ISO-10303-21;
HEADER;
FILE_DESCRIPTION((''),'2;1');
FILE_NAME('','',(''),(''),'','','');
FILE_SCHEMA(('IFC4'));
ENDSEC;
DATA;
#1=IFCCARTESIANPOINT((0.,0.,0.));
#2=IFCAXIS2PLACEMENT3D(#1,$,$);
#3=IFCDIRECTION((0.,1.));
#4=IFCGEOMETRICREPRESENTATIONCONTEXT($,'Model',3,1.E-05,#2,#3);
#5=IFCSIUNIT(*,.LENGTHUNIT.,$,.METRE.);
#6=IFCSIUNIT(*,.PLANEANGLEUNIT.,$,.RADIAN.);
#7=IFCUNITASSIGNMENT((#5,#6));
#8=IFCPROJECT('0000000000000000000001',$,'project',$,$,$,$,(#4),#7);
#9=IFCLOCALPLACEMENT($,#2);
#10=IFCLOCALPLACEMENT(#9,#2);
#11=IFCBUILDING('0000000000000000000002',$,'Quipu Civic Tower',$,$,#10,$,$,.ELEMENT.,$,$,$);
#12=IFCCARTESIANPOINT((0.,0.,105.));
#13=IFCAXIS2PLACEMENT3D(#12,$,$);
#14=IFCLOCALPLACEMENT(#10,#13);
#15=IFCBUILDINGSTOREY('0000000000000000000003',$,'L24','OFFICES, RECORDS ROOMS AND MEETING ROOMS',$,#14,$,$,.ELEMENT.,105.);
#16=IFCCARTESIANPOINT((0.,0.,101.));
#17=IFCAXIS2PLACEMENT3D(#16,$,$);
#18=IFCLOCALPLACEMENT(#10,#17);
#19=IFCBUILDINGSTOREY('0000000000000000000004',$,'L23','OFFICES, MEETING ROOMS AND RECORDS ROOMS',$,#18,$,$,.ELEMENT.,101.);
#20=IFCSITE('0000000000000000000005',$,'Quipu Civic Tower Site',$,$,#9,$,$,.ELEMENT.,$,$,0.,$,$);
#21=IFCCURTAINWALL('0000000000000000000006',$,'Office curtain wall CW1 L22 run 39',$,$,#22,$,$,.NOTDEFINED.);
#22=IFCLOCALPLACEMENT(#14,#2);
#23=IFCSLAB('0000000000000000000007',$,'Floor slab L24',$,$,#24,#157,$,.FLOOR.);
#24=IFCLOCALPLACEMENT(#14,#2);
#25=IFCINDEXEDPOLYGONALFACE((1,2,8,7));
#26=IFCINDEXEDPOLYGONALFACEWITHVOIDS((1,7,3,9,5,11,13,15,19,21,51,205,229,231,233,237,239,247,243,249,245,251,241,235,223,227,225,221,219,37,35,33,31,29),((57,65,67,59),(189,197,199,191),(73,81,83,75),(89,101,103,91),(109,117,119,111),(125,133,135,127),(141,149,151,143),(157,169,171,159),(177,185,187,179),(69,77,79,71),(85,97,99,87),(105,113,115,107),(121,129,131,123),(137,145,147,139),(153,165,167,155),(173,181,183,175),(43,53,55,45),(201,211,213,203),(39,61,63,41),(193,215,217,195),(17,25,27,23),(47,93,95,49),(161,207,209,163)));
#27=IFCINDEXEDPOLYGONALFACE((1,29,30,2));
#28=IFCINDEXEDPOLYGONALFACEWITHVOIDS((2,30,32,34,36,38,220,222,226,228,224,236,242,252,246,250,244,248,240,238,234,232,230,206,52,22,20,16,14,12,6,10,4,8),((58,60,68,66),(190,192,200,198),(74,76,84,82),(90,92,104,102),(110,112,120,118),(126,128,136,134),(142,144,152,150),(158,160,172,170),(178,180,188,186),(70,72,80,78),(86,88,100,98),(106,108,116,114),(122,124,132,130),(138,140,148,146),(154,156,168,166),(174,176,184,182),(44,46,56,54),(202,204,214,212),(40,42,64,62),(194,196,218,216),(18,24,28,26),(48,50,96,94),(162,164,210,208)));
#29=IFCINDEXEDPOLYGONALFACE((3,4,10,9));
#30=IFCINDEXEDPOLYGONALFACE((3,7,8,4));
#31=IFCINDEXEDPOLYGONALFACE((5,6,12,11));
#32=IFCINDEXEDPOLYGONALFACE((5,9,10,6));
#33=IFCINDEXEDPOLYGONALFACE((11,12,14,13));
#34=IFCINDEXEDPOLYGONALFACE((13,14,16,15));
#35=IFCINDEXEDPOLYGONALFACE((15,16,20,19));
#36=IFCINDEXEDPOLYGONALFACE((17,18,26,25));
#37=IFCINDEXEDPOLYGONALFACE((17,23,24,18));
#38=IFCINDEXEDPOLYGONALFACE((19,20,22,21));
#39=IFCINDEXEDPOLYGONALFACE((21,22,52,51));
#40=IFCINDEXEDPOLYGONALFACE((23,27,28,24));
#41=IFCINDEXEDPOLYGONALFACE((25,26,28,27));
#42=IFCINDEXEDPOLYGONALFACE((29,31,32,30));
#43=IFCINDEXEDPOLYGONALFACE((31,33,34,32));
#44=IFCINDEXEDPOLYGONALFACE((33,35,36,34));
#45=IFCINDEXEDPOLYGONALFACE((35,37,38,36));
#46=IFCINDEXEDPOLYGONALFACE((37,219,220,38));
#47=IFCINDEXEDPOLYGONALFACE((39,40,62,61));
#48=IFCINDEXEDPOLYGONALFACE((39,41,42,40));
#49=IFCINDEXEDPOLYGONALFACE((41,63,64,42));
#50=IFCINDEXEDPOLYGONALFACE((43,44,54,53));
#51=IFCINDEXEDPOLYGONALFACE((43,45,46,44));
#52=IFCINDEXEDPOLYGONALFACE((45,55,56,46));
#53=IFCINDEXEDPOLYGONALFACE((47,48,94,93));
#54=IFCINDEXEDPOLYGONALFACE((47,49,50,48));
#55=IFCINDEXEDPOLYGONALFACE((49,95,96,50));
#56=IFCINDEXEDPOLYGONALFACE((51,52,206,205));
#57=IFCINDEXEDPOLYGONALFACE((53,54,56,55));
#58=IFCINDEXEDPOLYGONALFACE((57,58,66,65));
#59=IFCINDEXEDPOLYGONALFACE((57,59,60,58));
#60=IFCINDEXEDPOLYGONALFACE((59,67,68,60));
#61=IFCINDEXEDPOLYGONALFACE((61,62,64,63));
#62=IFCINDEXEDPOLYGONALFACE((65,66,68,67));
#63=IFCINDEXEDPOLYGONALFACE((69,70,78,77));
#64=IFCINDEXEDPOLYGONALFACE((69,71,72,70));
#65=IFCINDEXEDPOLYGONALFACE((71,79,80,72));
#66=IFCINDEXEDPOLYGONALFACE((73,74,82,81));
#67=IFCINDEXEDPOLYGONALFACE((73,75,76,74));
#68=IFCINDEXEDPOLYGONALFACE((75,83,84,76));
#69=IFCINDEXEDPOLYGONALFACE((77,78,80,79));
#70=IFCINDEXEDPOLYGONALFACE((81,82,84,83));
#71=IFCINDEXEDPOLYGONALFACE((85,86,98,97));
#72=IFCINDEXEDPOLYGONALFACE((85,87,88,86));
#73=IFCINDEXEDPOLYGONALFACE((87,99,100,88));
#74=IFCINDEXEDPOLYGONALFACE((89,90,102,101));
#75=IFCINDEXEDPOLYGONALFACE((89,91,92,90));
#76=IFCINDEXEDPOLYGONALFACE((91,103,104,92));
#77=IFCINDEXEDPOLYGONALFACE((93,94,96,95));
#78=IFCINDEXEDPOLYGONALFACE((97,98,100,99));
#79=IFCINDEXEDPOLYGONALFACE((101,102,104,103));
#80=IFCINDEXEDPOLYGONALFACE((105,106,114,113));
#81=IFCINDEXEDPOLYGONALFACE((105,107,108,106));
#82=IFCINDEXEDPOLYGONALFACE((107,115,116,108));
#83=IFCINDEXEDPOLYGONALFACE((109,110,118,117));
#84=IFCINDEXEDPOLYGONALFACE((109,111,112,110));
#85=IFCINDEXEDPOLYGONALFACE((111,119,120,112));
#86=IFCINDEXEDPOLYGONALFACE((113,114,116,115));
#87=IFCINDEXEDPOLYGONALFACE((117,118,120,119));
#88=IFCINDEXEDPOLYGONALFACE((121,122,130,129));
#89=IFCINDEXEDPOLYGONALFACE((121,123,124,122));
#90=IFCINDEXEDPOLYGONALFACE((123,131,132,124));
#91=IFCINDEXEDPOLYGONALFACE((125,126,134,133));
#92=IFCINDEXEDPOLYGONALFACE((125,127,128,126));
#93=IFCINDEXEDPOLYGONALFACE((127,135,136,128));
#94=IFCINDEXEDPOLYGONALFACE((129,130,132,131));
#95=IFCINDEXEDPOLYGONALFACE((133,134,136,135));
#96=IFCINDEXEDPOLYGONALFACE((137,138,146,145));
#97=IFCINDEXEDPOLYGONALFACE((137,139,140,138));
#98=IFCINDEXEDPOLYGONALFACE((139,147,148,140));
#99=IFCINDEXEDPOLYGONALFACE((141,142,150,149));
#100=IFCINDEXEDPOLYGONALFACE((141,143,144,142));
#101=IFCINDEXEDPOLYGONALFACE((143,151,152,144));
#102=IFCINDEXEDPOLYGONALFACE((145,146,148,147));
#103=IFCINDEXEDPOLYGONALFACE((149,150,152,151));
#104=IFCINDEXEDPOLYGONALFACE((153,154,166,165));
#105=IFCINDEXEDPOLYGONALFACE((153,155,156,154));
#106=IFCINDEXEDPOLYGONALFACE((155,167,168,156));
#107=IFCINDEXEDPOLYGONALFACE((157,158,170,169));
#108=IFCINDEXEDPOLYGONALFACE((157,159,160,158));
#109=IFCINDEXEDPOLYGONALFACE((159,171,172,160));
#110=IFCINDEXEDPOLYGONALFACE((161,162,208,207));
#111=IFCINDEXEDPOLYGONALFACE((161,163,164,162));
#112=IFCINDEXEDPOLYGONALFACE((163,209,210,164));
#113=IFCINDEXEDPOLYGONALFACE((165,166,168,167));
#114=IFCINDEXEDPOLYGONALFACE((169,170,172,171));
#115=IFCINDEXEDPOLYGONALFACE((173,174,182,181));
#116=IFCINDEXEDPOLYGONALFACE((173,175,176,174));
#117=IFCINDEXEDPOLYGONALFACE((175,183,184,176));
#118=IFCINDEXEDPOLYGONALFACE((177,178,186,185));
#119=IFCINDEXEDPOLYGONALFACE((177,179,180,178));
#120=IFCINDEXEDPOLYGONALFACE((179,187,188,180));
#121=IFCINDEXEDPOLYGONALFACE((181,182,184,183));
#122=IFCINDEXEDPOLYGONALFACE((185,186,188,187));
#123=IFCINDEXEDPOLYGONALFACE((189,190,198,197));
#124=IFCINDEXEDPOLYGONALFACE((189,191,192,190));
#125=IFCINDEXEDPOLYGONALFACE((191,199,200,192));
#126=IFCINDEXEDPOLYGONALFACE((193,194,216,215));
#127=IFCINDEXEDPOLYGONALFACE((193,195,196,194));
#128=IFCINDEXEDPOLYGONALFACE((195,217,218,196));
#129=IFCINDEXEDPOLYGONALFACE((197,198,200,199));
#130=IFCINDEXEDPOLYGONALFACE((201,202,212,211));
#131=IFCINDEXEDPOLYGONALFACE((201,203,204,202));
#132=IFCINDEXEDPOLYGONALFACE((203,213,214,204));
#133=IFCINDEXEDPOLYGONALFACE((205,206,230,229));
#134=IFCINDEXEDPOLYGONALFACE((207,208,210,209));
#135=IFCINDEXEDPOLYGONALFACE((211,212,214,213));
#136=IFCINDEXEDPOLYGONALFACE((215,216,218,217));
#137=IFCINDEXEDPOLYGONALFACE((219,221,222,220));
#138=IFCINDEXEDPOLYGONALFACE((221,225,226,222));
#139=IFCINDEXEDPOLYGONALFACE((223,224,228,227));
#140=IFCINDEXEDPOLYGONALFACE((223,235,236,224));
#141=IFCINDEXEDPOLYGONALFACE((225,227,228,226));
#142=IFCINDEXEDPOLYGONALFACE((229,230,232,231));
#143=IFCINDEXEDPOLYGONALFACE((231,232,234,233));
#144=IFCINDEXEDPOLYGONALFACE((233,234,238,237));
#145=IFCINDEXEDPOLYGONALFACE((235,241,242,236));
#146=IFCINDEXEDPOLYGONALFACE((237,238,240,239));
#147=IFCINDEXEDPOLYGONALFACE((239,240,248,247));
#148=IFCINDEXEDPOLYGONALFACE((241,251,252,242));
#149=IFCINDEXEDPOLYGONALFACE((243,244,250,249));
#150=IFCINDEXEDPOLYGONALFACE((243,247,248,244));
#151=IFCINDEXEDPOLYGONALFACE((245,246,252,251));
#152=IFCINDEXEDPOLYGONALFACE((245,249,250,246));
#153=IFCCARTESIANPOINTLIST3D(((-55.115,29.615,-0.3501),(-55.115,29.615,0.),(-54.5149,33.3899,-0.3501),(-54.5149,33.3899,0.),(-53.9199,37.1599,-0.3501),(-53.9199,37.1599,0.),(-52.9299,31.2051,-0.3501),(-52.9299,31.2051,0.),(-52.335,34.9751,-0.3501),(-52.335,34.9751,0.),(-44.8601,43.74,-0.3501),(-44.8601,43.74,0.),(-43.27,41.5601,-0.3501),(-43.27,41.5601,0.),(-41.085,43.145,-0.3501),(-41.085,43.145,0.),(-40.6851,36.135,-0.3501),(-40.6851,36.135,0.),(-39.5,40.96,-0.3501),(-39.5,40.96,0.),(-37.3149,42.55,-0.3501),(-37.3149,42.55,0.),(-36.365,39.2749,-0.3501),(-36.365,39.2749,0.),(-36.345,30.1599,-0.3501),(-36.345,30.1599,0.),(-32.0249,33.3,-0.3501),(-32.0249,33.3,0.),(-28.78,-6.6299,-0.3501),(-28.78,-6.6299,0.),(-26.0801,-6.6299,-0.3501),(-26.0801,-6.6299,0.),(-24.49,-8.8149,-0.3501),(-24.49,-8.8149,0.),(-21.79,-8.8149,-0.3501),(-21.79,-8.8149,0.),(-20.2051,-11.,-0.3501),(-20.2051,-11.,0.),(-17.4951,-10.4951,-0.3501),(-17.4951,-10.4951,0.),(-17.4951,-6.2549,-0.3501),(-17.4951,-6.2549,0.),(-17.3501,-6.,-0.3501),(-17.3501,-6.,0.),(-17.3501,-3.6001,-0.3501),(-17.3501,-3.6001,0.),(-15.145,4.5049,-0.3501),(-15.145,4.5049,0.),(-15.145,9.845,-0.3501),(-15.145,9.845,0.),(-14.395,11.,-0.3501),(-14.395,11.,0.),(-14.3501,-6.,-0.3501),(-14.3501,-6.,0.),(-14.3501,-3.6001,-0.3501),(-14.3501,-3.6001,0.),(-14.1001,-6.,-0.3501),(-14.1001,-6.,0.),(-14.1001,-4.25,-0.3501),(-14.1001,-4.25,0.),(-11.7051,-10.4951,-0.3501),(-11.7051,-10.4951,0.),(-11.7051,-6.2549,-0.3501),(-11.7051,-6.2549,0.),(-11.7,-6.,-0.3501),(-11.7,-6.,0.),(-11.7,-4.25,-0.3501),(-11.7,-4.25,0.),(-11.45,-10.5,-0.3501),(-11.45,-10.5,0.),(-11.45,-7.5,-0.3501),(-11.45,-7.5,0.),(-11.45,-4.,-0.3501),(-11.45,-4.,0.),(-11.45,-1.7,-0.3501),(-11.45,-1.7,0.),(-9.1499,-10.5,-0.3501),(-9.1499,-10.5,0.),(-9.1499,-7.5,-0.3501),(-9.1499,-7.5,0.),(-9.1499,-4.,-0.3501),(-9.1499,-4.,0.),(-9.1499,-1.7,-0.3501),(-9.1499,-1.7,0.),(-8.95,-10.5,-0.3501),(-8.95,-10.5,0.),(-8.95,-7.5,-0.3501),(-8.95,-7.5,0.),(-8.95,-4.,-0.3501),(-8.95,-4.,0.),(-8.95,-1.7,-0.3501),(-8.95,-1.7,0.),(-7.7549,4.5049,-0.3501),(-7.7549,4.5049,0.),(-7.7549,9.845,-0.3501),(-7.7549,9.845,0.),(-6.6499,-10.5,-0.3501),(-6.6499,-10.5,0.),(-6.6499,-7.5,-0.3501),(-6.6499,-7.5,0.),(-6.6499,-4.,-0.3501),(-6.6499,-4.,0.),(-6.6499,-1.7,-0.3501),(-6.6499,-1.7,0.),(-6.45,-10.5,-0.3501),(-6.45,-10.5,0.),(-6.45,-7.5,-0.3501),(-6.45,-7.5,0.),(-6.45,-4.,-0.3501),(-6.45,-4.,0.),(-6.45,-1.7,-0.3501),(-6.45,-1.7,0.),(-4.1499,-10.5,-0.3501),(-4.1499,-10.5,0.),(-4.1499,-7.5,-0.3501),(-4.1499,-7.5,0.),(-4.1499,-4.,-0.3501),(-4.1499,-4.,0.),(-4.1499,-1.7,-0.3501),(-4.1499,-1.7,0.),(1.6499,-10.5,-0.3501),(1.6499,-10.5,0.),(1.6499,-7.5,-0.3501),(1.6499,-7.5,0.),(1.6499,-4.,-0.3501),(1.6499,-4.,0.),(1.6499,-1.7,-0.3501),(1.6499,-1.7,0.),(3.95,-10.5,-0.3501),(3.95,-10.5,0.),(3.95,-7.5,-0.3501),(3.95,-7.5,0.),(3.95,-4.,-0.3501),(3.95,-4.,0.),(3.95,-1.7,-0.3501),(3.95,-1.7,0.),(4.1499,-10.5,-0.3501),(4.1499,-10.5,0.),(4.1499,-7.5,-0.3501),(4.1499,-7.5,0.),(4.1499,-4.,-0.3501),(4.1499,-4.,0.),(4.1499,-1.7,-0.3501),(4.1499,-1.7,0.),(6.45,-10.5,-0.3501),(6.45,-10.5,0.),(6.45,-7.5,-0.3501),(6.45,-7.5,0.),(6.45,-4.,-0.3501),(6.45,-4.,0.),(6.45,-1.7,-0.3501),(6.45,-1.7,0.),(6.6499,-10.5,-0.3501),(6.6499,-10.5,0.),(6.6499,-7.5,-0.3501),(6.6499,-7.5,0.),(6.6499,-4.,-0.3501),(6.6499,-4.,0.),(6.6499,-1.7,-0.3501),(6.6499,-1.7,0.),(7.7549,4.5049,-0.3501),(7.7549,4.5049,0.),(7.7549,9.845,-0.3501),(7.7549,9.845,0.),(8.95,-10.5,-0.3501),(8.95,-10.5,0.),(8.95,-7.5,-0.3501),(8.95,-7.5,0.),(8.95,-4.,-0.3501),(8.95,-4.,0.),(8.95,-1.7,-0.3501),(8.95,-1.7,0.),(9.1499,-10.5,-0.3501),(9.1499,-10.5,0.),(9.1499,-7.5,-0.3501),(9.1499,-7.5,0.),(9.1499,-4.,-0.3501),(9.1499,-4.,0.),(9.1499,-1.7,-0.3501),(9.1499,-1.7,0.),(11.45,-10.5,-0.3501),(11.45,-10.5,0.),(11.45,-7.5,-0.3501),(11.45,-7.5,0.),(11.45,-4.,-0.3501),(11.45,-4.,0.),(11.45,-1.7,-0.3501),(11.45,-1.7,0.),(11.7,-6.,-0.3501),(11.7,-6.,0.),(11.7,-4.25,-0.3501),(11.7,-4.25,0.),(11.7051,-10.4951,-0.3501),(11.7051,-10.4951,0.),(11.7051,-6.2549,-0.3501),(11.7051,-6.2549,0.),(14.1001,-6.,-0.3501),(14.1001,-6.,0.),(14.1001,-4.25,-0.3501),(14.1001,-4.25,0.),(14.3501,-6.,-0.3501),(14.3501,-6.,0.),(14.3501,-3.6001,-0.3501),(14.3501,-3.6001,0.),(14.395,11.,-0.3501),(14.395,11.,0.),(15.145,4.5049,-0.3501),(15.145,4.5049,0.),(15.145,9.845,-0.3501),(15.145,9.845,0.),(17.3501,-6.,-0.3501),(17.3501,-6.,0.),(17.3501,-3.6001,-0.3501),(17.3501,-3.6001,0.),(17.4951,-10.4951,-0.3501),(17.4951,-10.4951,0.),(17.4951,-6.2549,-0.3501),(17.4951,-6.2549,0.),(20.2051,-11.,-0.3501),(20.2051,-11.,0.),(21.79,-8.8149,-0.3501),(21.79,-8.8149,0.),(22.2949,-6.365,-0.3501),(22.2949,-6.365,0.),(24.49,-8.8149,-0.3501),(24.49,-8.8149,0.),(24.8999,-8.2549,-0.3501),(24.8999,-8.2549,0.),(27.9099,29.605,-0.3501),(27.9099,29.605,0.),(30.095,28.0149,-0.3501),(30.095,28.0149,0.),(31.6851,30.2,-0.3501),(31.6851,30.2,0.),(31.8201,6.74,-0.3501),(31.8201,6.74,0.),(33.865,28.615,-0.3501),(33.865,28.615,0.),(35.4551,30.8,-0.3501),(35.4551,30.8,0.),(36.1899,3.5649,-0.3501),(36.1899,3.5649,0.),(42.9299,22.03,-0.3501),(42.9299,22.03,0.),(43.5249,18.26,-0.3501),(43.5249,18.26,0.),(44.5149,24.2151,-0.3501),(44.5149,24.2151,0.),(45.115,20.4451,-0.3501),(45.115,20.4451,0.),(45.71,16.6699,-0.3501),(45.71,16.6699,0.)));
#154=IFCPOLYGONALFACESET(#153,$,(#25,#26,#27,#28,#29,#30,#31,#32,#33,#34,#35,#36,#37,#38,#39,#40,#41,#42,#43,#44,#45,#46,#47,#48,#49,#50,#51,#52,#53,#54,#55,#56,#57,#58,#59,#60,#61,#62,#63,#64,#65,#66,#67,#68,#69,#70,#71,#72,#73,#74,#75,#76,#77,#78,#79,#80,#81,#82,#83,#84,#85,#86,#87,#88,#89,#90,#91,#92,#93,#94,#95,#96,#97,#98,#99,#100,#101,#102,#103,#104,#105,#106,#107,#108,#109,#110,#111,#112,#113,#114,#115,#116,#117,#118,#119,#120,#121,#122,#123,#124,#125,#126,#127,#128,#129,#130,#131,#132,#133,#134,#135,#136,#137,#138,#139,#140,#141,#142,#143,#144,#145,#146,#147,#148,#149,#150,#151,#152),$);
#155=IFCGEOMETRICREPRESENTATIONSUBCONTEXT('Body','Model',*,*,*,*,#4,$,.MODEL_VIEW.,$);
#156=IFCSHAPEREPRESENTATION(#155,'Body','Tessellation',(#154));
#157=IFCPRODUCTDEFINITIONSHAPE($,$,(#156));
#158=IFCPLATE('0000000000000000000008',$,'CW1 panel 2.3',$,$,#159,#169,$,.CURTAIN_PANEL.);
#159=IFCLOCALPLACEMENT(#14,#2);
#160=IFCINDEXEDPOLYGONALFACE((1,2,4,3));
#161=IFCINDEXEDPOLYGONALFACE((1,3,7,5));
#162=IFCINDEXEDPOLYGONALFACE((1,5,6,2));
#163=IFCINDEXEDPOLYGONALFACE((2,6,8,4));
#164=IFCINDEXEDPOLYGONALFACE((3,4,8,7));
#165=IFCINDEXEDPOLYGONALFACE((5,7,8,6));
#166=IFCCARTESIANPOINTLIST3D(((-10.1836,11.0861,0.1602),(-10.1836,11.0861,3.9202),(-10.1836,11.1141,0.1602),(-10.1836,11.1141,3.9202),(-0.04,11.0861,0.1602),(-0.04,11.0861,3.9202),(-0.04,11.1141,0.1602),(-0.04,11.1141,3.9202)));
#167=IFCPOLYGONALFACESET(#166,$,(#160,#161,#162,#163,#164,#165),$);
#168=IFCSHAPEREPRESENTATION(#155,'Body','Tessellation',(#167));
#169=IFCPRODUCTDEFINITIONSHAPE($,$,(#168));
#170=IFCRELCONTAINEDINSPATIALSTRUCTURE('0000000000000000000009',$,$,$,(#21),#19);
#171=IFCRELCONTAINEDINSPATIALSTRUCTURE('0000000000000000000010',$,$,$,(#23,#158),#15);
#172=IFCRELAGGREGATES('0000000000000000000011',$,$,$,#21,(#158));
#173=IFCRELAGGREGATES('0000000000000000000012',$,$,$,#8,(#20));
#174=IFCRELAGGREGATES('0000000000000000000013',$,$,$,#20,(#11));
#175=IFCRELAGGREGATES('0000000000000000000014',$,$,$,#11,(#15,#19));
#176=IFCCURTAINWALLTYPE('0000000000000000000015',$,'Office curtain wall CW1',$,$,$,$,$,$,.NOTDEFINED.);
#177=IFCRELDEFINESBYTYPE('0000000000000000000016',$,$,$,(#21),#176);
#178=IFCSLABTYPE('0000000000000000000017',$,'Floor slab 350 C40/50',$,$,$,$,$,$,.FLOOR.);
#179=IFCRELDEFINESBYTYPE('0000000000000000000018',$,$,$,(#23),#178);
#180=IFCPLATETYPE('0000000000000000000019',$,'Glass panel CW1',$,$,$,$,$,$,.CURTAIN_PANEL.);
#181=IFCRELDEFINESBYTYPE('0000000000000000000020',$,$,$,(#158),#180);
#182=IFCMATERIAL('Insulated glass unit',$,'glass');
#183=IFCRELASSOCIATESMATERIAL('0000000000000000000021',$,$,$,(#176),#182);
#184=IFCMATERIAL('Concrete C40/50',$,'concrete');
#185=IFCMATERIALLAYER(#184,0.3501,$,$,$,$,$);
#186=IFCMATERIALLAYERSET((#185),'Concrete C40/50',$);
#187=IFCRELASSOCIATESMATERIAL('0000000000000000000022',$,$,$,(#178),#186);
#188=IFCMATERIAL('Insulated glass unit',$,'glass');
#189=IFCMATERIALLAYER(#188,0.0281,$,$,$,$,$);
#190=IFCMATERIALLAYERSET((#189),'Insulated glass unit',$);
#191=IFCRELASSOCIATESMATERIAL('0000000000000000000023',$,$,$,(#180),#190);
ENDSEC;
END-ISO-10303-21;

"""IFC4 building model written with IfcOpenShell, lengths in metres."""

from ifc_helpers import new_model, si_unit, direction, frame, origin, origin_2d, place, context, subcontext, project, spatial, polyline, rectangle, outline, extrude, material, layer, layer_set, type_object, element, aggregate, save


model = new_model("IFC4")

# Units and contexts
model_context = context("Model", 3, precision=1e-05, world=origin(), true_north=direction((0.0, 1.0)))
body_context = subcontext(model_context, "Body", "Model", "MODEL_VIEW")
ifc_project = project(units=[si_unit("LENGTHUNIT", "METRE"), si_unit("PLANEANGLEUNIT", "RADIAN")], contexts=[model_context])

# Site, building, storey
site_placement = place(None, origin())
site = spatial("IfcSite", under=ifc_project, at=site_placement, Name="Quipu Civic Tower Site", CompositionType="ELEMENT", RefElevation=0.0)
building_placement = place(site_placement, origin())
building = spatial("IfcBuilding", under=site, at=building_placement, Name="Quipu Civic Tower", CompositionType="ELEMENT")
storey_1_placement = place(building_placement, frame((0.0, 0.0, 105.0)))
storey_1 = spatial("IfcBuildingStorey", under=building, at=storey_1_placement, Name="L24", Description="OFFICES, RECORDS ROOMS AND MEETING ROOMS", CompositionType="ELEMENT", Elevation=105.0)

# Shared definitions
storey_2_placement = place(building_placement, frame((0.0, 0.0, 101.0)))
storey_2 = spatial("IfcBuildingStorey", under=building, at=storey_2_placement, Name="L23", Description="OFFICES, MEETING ROOMS AND RECORDS ROOMS", CompositionType="ELEMENT", Elevation=101.0)

# Curtain wall
ifc_material_1 = material(Name="Insulated glass unit", Category="glass")
curtain_wall_type = type_object("IfcCurtainWallType", Name="Office curtain wall CW1", PredefinedType="NOTDEFINED", material=ifc_material_1)
curtain_wall_1_placement = place(storey_2_placement, origin())
curtain_wall_1 = element("IfcCurtainWall", 1, at=curtain_wall_1_placement, inside=storey_2, type_object=curtain_wall_type, Name="Office curtain wall CW1 L22 run 39", PredefinedType="NOTDEFINED")

# Slab
ifc_material_2 = material(Name="Concrete C40/50", Category="concrete")
ifc_layer_1 = layer(ifc_material_2, 0.3501)
ifc_layer_set_1 = layer_set([ifc_layer_1], Name="Concrete C40/50")
slab_type = type_object("IfcSlabType", Name="Floor slab 350 C40/50", PredefinedType="FLOOR", material=ifc_layer_set_1)
slab_placement = place(storey_1_placement, frame((0.0, 0.0, -0.3501)))
element("IfcSlab", 2, at=slab_placement, inside=storey_1, type_object=slab_type, Name="Floor slab L24", PredefinedType="FLOOR", context=body_context, shape_type="SweptSolid", body=[
    extrude(outline(polyline([(20.2051, -11.0), (-20.2051, -11.0), (-21.79, -8.8149), (-24.49, -8.8149), (-26.0801, -6.6299), (-28.78, -6.6299), (-55.115, 29.615), (-52.9299, 31.2051), (-54.5149, 33.3899), (-52.335, 34.9751), (-53.9199, 37.1599), (-44.8601, 43.74), (-43.27, 41.5601), (-41.085, 43.145), (-39.5, 40.96), (-37.3149, 42.55), (-14.395, 11.0), (14.395, 11.0), (27.9099, 29.605), (30.095, 28.0149), (31.6851, 30.2), (33.865, 28.615), (35.4551, 30.8), (44.5149, 24.2151), (42.9299, 22.03), (45.115, 20.4451), (43.5249, 18.26), (45.71, 16.6699), (36.1899, 3.5649), (31.8201, 6.74), (22.2949, -6.365), (24.8999, -8.2549), (24.49, -8.8149), (21.79, -8.8149), (20.2051, -11.0)]), holes=[polyline([(-11.45, -7.5), (-11.45, -10.5), (-9.1499, -10.5), (-9.1499, -7.5), (-11.45, -7.5)]), polyline([(-8.95, -7.5), (-8.95, -10.5), (-6.6499, -10.5), (-6.6499, -7.5), (-8.95, -7.5)]), polyline([(-6.45, -7.5), (-6.45, -10.5), (-4.1499, -10.5), (-4.1499, -7.5), (-6.45, -7.5)]), polyline([(-11.7051, -10.4951), (-11.7051, -6.2549), (-17.4951, -6.2549), (-17.4951, -10.4951), (-11.7051, -10.4951)]), polyline([(-11.7, -4.25), (-14.1001, -4.25), (-14.1001, -6.0), (-11.7, -6.0), (-11.7, -4.25)]), polyline([(-17.3501, -3.6001), (-17.3501, -6.0), (-14.3501, -6.0), (-14.3501, -3.6001), (-17.3501, -3.6001)]), polyline([(-9.1499, -1.7), (-11.45, -1.7), (-11.45, -4.0), (-9.1499, -4.0), (-9.1499, -1.7)]), polyline([(-6.6499, -1.7), (-8.95, -1.7), (-8.95, -4.0), (-6.6499, -4.0), (-6.6499, -1.7)]), polyline([(-6.45, -1.7), (-6.45, -4.0), (-4.1499, -4.0), (-4.1499, -1.7), (-6.45, -1.7)]), polyline([(3.95, -1.7), (1.6499, -1.7), (1.6499, -4.0), (3.95, -4.0), (3.95, -1.7)]), polyline([(-7.7549, 4.5049), (-7.7549, 9.845), (-15.145, 9.845), (-15.145, 4.5049), (-7.7549, 4.5049)]), polyline([(-40.6851, 36.135), (-36.345, 30.1599), (-32.0249, 33.3), (-36.365, 39.2749), (-40.6851, 36.135)]), polyline([(3.95, -7.5), (1.6499, -7.5), (1.6499, -10.5), (3.95, -10.5), (3.95, -7.5)]), polyline([(6.45, -7.5), (4.1499, -7.5), (4.1499, -10.5), (6.45, -10.5), (6.45, -7.5)]), polyline([(6.6499, -7.5), (6.6499, -10.5), (8.95, -10.5), (8.95, -7.5), (6.6499, -7.5)]), polyline([(11.45, -7.5), (9.1499, -7.5), (9.1499, -10.5), (11.45, -10.5), (11.45, -7.5)]), polyline([(11.7051, -6.2549), (11.7051, -10.4951), (17.4951, -10.4951), (17.4951, -6.2549), (11.7051, -6.2549)]), polyline([(11.7, -4.25), (11.7, -6.0), (14.1001, -6.0), (14.1001, -4.25), (11.7, -4.25)]), polyline([(17.3501, -3.6001), (14.3501, -3.6001), (14.3501, -6.0), (17.3501, -6.0), (17.3501, -3.6001)]), polyline([(6.45, -1.7), (4.1499, -1.7), (4.1499, -4.0), (6.45, -4.0), (6.45, -1.7)]), polyline([(6.6499, -1.7), (6.6499, -4.0), (8.95, -4.0), (8.95, -1.7), (6.6499, -1.7)]), polyline([(11.45, -1.7), (9.1499, -1.7), (9.1499, -4.0), (11.45, -4.0), (11.45, -1.7)]), polyline([(7.7549, 9.845), (7.7549, 4.5049), (15.145, 4.5049), (15.145, 9.845), (7.7549, 9.845)])]), origin(), (0.0, 0.0, 1.0), 0.3501),
])

# Plate
ifc_material_3 = material(Name="Insulated glass unit", Category="glass")
ifc_layer_2 = layer(ifc_material_3, 0.0281)
ifc_layer_set_2 = layer_set([ifc_layer_2], Name="Insulated glass unit")
plate_type_1 = type_object("IfcPlateType", Name="Glass panel CW1", PredefinedType="CURTAIN_PANEL", material=ifc_layer_set_2)
plate_1_placement = place(storey_1_placement, frame((-5.1118, 11.1001, 0.1602), z_axis=(0.0, 0.0, 1.0), x_axis=(-1.0, 0.0, 0.0)))
plate_1 = element("IfcPlate", 3, at=plate_1_placement, inside=storey_1, type_object=plate_type_1, Name="CW1 panel 2.3", PredefinedType="CURTAIN_PANEL", context=body_context, shape_type="SweptSolid", body=[
    extrude(rectangle(XDim=10.1436, YDim=0.0281, at=origin_2d()), origin(), (0.0, 0.0, 1.0), 3.76),
])
aggregate(curtain_wall_1, [plate_1])

save(model, "model.ifc")
